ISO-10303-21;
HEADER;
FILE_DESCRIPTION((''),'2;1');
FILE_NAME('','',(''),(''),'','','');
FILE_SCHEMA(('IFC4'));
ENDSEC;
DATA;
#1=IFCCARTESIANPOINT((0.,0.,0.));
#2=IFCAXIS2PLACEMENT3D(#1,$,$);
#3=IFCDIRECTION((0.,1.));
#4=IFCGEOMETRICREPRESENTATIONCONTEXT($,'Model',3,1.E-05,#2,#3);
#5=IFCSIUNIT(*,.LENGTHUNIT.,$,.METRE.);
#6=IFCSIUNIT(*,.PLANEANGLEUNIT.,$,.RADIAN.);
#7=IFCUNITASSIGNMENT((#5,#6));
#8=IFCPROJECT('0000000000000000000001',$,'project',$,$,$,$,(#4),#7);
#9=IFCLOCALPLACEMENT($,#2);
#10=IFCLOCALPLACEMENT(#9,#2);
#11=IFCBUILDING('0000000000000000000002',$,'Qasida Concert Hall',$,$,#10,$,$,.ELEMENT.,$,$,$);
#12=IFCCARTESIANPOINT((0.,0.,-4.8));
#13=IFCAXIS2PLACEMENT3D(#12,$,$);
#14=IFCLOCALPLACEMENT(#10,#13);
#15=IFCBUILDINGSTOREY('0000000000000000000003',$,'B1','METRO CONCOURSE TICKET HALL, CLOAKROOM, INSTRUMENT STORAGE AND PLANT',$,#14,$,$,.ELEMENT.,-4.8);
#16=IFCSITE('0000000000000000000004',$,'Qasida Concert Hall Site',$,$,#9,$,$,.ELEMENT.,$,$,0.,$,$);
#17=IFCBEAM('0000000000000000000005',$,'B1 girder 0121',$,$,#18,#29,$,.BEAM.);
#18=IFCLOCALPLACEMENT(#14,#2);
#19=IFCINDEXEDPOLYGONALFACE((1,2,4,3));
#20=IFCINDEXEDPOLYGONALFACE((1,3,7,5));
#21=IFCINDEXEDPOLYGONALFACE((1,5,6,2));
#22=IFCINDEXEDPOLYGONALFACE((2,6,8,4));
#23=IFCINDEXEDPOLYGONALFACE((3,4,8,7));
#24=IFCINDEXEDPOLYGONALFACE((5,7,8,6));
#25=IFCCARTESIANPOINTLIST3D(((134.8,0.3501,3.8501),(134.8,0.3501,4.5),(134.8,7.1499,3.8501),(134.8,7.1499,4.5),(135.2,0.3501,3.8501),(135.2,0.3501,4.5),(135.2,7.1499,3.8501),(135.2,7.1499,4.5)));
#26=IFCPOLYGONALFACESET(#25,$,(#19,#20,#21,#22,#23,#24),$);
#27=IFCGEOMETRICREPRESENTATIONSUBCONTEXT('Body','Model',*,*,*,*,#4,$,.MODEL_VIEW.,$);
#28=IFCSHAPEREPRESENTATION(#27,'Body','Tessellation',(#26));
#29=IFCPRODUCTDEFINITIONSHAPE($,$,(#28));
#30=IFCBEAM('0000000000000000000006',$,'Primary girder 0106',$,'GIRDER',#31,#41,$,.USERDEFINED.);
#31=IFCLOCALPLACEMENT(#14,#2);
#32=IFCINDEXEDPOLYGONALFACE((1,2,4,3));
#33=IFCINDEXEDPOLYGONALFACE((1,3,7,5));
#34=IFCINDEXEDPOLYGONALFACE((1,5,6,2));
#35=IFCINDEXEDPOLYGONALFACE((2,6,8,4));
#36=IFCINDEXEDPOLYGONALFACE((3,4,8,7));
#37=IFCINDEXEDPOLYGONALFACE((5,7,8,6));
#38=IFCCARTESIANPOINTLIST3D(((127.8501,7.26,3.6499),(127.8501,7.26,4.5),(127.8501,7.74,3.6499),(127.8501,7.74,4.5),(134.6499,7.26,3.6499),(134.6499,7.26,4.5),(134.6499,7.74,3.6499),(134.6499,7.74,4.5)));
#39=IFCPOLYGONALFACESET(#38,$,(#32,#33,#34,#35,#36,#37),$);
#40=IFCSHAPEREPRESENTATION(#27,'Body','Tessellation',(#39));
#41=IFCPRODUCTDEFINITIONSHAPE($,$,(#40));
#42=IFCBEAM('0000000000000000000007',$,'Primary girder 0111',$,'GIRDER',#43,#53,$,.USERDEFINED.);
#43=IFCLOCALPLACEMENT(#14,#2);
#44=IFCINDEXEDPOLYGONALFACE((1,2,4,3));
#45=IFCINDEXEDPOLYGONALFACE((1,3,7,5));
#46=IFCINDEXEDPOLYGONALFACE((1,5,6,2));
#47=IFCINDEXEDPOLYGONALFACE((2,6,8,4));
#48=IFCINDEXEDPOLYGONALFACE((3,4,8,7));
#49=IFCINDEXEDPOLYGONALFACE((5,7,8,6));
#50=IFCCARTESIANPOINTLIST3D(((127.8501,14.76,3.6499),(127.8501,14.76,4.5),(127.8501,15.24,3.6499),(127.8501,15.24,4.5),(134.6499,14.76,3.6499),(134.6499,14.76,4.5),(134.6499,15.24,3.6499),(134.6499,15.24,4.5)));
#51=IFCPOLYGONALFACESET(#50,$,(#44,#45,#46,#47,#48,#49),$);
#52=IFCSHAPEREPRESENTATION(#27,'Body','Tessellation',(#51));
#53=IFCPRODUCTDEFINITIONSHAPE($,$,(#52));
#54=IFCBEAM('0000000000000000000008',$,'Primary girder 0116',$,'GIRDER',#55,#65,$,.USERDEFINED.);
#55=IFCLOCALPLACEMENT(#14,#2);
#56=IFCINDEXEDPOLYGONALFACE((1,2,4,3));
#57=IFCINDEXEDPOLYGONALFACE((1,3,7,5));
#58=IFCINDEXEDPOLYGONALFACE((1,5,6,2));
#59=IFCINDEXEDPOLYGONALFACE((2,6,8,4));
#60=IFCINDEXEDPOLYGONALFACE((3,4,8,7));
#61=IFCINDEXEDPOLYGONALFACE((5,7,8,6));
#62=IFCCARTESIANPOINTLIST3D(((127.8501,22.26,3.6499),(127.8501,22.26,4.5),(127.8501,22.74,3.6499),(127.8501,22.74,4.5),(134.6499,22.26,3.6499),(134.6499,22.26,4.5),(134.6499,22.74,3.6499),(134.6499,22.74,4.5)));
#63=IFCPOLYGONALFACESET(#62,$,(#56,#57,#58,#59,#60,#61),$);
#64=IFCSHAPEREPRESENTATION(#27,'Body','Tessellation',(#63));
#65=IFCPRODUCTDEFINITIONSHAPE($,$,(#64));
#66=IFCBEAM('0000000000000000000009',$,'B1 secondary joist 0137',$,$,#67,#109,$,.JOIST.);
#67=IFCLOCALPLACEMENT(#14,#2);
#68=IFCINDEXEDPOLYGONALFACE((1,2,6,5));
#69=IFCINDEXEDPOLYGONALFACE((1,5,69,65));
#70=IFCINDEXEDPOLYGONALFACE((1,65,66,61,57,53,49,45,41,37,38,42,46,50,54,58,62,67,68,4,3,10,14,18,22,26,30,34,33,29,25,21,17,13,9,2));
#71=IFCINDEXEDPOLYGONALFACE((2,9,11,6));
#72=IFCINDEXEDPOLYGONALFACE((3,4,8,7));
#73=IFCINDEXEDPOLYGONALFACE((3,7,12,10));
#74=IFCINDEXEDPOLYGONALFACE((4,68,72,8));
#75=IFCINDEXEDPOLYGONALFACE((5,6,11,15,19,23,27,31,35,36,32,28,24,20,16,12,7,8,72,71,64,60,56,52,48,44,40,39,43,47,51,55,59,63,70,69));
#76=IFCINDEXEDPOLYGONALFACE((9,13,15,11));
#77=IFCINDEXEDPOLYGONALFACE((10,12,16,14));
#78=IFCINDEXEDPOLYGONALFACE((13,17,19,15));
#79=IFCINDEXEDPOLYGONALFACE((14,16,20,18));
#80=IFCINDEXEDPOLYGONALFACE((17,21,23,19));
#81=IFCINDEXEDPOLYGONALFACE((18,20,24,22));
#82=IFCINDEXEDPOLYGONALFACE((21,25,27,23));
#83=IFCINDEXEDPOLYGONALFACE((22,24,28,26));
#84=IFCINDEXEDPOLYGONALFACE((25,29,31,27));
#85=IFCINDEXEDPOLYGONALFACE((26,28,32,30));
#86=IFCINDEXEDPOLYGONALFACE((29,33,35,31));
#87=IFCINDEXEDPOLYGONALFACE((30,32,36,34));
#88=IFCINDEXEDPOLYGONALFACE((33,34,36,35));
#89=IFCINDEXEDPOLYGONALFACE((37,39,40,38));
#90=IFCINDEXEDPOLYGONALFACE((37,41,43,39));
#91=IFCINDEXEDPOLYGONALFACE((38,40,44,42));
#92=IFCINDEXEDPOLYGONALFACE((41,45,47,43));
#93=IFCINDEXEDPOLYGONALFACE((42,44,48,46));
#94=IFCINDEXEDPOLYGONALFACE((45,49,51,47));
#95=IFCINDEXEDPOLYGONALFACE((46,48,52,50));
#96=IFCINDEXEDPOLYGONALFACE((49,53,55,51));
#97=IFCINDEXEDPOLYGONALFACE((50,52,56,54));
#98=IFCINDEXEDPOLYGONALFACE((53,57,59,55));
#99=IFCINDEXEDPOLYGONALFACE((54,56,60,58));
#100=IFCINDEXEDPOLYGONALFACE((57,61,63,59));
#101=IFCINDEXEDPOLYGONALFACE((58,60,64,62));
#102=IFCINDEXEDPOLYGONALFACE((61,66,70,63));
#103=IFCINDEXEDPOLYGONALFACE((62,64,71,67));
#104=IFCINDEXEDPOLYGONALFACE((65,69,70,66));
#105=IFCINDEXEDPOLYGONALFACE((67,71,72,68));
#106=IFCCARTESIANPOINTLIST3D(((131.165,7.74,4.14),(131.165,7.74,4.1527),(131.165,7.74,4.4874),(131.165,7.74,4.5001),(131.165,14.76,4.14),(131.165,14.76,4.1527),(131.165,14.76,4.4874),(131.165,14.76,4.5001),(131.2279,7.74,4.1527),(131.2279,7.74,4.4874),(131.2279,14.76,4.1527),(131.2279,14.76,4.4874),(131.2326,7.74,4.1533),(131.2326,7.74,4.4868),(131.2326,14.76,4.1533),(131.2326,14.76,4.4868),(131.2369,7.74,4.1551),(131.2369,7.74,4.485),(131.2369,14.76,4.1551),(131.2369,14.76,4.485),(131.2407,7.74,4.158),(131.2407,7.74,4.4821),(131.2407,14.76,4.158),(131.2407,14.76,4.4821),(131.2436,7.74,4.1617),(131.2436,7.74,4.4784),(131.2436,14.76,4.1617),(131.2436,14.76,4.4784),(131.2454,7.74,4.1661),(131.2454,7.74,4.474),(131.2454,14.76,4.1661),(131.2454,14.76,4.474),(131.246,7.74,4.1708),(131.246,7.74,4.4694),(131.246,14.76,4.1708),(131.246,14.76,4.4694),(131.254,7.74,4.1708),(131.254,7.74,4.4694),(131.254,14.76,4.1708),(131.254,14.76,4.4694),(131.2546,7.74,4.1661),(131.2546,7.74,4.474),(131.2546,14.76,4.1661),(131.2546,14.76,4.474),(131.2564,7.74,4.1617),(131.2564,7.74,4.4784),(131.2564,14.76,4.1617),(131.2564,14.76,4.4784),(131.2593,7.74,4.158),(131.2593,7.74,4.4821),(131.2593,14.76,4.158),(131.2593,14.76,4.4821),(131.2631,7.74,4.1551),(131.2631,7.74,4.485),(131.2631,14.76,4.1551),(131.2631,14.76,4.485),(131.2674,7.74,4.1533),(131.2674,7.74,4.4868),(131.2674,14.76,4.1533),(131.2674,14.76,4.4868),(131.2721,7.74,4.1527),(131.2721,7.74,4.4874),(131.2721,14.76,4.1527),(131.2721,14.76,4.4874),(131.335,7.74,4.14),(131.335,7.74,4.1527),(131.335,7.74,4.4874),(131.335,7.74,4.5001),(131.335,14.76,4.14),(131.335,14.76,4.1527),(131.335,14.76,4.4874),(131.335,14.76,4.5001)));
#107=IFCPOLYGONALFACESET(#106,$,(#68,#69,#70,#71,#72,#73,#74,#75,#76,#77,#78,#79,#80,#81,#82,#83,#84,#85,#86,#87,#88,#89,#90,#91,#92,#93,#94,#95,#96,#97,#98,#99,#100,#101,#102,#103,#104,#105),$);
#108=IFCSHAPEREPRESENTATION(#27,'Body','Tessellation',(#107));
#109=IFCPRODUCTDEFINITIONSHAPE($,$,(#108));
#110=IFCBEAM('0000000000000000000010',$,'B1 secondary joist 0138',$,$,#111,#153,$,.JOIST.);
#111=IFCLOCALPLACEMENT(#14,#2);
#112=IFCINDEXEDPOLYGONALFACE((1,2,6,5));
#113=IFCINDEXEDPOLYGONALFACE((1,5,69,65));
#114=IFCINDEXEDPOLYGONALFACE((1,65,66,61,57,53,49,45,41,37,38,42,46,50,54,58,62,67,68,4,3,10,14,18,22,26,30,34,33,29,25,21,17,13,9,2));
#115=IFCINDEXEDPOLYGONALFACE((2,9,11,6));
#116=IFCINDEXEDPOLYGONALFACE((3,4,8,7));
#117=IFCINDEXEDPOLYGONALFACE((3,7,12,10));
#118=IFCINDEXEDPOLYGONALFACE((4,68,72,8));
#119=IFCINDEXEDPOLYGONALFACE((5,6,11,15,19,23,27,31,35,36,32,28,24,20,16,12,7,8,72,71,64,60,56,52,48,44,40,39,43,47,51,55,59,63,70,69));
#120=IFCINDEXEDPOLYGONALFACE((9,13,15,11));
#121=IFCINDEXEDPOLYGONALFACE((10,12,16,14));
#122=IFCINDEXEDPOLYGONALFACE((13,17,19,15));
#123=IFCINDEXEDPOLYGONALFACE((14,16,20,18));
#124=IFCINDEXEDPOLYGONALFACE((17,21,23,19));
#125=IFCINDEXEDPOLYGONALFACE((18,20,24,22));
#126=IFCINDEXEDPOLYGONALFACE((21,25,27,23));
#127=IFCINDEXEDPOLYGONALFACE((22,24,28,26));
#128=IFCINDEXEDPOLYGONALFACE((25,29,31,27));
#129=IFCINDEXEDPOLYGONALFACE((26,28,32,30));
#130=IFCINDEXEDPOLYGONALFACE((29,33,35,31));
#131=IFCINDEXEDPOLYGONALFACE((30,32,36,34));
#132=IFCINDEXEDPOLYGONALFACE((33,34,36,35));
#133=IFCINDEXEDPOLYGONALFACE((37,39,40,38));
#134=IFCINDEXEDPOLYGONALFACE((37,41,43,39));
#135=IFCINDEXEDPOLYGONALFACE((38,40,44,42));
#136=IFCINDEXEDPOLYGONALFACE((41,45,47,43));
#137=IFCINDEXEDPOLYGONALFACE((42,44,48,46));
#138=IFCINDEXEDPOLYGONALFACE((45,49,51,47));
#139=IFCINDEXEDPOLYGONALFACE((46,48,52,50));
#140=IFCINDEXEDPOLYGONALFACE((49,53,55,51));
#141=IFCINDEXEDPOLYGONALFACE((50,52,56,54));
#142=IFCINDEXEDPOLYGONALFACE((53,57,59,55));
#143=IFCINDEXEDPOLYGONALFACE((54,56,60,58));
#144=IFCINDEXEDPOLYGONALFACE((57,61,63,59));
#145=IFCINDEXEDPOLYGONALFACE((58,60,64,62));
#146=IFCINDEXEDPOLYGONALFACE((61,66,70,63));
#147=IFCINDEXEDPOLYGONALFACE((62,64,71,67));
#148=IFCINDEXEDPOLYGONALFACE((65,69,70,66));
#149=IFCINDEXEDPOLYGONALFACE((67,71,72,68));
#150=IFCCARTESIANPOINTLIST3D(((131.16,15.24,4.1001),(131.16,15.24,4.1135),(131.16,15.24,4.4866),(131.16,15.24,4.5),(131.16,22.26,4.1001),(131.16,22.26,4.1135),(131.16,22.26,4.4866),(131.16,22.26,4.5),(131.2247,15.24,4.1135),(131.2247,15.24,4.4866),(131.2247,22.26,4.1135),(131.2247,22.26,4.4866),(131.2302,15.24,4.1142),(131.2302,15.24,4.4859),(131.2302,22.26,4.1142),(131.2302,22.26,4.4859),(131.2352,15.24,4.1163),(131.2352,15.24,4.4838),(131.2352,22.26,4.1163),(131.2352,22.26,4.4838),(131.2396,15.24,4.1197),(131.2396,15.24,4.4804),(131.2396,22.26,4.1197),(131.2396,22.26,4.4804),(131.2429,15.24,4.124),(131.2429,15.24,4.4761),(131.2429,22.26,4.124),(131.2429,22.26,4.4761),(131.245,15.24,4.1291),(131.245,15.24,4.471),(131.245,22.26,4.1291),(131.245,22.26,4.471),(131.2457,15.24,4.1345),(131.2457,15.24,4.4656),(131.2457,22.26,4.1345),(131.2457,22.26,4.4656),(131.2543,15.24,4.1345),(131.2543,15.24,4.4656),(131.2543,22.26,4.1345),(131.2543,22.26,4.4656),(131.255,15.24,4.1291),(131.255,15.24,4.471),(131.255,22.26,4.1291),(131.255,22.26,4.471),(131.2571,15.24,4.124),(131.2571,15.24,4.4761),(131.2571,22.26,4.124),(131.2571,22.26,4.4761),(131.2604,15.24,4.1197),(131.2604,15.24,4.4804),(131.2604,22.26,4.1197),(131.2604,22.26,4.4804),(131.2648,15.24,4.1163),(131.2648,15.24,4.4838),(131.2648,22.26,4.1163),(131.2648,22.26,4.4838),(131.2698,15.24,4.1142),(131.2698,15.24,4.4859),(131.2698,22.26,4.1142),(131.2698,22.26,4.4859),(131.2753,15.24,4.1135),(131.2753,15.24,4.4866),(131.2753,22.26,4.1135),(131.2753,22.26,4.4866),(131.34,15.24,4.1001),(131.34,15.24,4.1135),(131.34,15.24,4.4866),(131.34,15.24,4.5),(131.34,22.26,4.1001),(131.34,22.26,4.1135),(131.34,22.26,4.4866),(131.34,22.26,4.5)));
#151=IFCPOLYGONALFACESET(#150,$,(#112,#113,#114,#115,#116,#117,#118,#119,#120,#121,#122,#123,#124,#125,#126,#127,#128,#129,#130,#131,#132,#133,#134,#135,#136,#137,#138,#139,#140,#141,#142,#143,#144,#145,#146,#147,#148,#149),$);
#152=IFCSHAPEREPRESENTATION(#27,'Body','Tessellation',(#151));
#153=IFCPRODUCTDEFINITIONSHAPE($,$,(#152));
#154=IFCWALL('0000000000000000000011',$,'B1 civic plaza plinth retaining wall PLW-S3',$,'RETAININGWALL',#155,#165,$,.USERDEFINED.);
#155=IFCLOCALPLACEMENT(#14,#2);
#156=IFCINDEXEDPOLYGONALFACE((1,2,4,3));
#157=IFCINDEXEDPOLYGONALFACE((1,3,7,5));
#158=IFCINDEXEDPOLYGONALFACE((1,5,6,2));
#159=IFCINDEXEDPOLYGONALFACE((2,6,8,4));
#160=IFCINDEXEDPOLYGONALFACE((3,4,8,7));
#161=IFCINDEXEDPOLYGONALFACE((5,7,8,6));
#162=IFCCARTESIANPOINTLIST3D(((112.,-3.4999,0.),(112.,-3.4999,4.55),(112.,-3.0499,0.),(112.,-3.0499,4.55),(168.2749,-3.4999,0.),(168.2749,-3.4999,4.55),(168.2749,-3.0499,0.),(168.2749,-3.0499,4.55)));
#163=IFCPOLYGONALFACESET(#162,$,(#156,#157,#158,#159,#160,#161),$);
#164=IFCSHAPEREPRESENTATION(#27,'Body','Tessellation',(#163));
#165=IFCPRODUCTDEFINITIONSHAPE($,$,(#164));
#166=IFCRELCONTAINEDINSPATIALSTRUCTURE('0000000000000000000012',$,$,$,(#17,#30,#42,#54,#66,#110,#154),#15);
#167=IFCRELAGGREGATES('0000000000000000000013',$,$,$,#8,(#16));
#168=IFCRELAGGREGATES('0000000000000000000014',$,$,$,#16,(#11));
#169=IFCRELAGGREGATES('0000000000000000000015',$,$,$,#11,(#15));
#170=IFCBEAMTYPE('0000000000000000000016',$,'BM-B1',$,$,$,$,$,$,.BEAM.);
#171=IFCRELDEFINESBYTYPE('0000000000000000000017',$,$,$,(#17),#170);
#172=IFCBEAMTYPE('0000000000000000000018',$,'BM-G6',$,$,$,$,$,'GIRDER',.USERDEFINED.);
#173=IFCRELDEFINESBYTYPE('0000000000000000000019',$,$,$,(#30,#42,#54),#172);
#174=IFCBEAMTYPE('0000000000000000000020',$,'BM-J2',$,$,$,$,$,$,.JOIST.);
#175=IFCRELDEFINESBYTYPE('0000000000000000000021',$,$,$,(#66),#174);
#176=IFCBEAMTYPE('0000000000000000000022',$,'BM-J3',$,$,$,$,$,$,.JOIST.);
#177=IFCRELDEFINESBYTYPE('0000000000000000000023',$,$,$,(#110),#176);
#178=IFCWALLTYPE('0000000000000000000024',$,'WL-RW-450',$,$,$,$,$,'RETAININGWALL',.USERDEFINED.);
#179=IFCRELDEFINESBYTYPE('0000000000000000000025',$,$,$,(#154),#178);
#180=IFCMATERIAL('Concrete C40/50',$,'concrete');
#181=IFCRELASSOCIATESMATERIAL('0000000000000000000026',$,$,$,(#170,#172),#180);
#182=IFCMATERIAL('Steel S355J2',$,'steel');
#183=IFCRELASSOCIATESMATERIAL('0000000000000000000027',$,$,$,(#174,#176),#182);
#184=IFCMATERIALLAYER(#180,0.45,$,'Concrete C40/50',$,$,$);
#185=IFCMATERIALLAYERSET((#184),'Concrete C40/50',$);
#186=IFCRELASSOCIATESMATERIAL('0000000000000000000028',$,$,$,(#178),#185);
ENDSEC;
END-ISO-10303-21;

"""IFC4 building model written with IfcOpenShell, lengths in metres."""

from ifc_helpers import new_model, si_unit, direction, frame, frame_2d, origin, origin_2d, place, context, subcontext, project, spatial, rectangle, i_section, extrude, material, layer, layer_set, material_profile, profile_set, type_object, element, save


model = new_model("IFC4")

# Units and contexts
model_context = context("Model", 3, precision=1e-05, world=origin(), true_north=direction((0.0, 1.0)))
body_context = subcontext(model_context, "Body", "Model", "MODEL_VIEW")
ifc_project = project(units=[si_unit("LENGTHUNIT", "METRE"), si_unit("PLANEANGLEUNIT", "RADIAN")], contexts=[model_context])

# Site, building, storey
site_placement = place(None, origin())
site = spatial("IfcSite", under=ifc_project, at=site_placement, Name="Qasida Concert Hall Site", CompositionType="ELEMENT", RefElevation=0.0)
building_placement = place(site_placement, origin())
building = spatial("IfcBuilding", under=site, at=building_placement, Name="Qasida Concert Hall", CompositionType="ELEMENT")
storey_placement = place(building_placement, frame((0.0, 0.0, -4.8)))
storey = spatial("IfcBuildingStorey", under=building, at=storey_placement, Name="B1", Description="METRO CONCOURSE TICKET HALL, CLOAKROOM, INSTRUMENT STORAGE AND PLANT", CompositionType="ELEMENT", Elevation=-4.8)

# Shared definitions
ifc_material_1 = material(Name="Concrete C40/50", Category="concrete")

# Beams
ifc_material_profile_1 = material_profile(ifc_material_1, rectangle(XDim=0.3999, YDim=0.6499, at=origin_2d()), Name="RC 400x650")
ifc_profile_set_1 = profile_set([ifc_material_profile_1], Name="Concrete C40/50")
beam_type_1 = type_object("IfcBeamType", Name="BM-B1", PredefinedType="BEAM", material=ifc_profile_set_1)
beam_1_placement = place(storey_placement, frame((135.0, 0.3501, 4.175), z_axis=(0.0, 1.0, 0.0), x_axis=(-1.0, 0.0, 0.0)))
element("IfcBeam", 1, at=beam_1_placement, inside=storey, type_object=beam_type_1, Name="B1 girder 0121", PredefinedType="BEAM", context=body_context, shape_type="SweptSolid", body=[
    extrude(rectangle(XDim=0.3999, YDim=0.6499, at=origin_2d()), origin(), (0.0, 0.0, 1.0), 6.7998),
])
ifc_material_profile_2 = material_profile(ifc_material_1, rectangle(XDim=0.48, YDim=0.8501, at=origin_2d()), Name="RC 480x850")
ifc_profile_set_2 = profile_set([ifc_material_profile_2], Name="Concrete C40/50")
beam_type_2 = type_object("IfcBeamType", Name="BM-G6", ElementType="GIRDER", PredefinedType="USERDEFINED", material=ifc_profile_set_2)
for number, where, z_axis, x_axis, name in (
    (2, (127.8501, 7.5, 4.075), (1.0, 0.0, 0.0), (0.0, 1.0, 0.0), "Primary girder 0106"),
    (3, (127.8501, 15.0, 4.075), (1.0, 0.0, 0.0), (0.0, 1.0, 0.0), "Primary girder 0111"),
    (4, (127.8501, 22.5, 4.075), (1.0, 0.0, 0.0), (0.0, 1.0, 0.0), "Primary girder 0116"),
):
    element("IfcBeam", number, at=place(storey_placement, frame(where, z_axis=z_axis, x_axis=x_axis)), inside=storey, type_object=beam_type_2, Name=name, ObjectType="GIRDER", PredefinedType="USERDEFINED", context=body_context, shape_type="SweptSolid", body=[
        extrude(rectangle(XDim=0.48, YDim=0.8501, at=origin_2d()), origin(), (0.0, 0.0, 1.0), 6.7998),
    ])
ifc_material_2 = material(Name="Steel S355J2", Category="steel")
ifc_material_profile_3 = material_profile(ifc_material_2, i_section(OverallWidth=0.1699, OverallDepth=0.3601, WebThickness=0.0081, FlangeThickness=0.0127, FilletRadius=0.0181, at=origin_2d()), Name="IPE 360")
ifc_profile_set_3 = profile_set([ifc_material_profile_3], Name="Steel S355J2")
beam_type_3 = type_object("IfcBeamType", Name="BM-J2", PredefinedType="JOIST", material=ifc_profile_set_3)
beam_2_placement = place(storey_placement, frame((131.25, 7.74, 4.3201), z_axis=(0.0, 1.0, 0.0), x_axis=(-1.0, 0.0, 0.0)))
element("IfcBeam", 5, at=beam_2_placement, inside=storey, type_object=beam_type_3, Name="B1 secondary joist 0137", PredefinedType="JOIST", context=body_context, shape_type="SweptSolid", body=[
    extrude(i_section(OverallWidth=0.1699, OverallDepth=0.3601, WebThickness=0.0081, FlangeThickness=0.0127, FilletRadius=0.0181, at=origin_2d()), origin(), (0.0, 0.0, 1.0), 7.02),
])
ifc_material_profile_4 = material_profile(ifc_material_2, i_section(OverallWidth=0.1799, OverallDepth=0.3999, WebThickness=0.0085, FlangeThickness=0.0134, FilletRadius=0.021, at=origin_2d()), Name="IPE 400")
ifc_profile_set_4 = profile_set([ifc_material_profile_4], Name="Steel S355J2")
beam_type_4 = type_object("IfcBeamType", Name="BM-J3", PredefinedType="JOIST", material=ifc_profile_set_4)
beam_3_placement = place(storey_placement, frame((131.25, 15.24, 4.3), z_axis=(0.0, 1.0, 0.0), x_axis=(-1.0, 0.0, 0.0)))
element("IfcBeam", 6, at=beam_3_placement, inside=storey, type_object=beam_type_4, Name="B1 secondary joist 0138", PredefinedType="JOIST", context=body_context, shape_type="SweptSolid", body=[
    extrude(i_section(OverallWidth=0.1799, OverallDepth=0.3999, WebThickness=0.0085, FlangeThickness=0.0134, FilletRadius=0.021, at=origin_2d()), origin(), (0.0, 0.0, 1.0), 7.02),
])

# Wall
ifc_layer = layer(ifc_material_1, 0.45, Name="Concrete C40/50")
ifc_layer_set = layer_set([ifc_layer], Name="Concrete C40/50")
wall_type = type_object("IfcWallType", Name="WL-RW-450", ElementType="RETAININGWALL", PredefinedType="USERDEFINED", material=ifc_layer_set)
wall_placement = place(storey_placement, frame((112.0, -3.2749, 0.0), z_axis=(0.0, 0.0, 1.0), x_axis=(1.0, 0.0, 0.0)))
element("IfcWall", 7, at=wall_placement, inside=storey, type_object=wall_type, Name="B1 civic plaza plinth retaining wall PLW-S3", ObjectType="RETAININGWALL", PredefinedType="USERDEFINED", context=body_context, shape_type="SweptSolid", body=[
    extrude(rectangle(XDim=56.2749, YDim=0.45, at=frame_2d((28.1375, 0.0))), origin(), (0.0, 0.0, 1.0), 4.55),
])

save(model, "model.ifc")
